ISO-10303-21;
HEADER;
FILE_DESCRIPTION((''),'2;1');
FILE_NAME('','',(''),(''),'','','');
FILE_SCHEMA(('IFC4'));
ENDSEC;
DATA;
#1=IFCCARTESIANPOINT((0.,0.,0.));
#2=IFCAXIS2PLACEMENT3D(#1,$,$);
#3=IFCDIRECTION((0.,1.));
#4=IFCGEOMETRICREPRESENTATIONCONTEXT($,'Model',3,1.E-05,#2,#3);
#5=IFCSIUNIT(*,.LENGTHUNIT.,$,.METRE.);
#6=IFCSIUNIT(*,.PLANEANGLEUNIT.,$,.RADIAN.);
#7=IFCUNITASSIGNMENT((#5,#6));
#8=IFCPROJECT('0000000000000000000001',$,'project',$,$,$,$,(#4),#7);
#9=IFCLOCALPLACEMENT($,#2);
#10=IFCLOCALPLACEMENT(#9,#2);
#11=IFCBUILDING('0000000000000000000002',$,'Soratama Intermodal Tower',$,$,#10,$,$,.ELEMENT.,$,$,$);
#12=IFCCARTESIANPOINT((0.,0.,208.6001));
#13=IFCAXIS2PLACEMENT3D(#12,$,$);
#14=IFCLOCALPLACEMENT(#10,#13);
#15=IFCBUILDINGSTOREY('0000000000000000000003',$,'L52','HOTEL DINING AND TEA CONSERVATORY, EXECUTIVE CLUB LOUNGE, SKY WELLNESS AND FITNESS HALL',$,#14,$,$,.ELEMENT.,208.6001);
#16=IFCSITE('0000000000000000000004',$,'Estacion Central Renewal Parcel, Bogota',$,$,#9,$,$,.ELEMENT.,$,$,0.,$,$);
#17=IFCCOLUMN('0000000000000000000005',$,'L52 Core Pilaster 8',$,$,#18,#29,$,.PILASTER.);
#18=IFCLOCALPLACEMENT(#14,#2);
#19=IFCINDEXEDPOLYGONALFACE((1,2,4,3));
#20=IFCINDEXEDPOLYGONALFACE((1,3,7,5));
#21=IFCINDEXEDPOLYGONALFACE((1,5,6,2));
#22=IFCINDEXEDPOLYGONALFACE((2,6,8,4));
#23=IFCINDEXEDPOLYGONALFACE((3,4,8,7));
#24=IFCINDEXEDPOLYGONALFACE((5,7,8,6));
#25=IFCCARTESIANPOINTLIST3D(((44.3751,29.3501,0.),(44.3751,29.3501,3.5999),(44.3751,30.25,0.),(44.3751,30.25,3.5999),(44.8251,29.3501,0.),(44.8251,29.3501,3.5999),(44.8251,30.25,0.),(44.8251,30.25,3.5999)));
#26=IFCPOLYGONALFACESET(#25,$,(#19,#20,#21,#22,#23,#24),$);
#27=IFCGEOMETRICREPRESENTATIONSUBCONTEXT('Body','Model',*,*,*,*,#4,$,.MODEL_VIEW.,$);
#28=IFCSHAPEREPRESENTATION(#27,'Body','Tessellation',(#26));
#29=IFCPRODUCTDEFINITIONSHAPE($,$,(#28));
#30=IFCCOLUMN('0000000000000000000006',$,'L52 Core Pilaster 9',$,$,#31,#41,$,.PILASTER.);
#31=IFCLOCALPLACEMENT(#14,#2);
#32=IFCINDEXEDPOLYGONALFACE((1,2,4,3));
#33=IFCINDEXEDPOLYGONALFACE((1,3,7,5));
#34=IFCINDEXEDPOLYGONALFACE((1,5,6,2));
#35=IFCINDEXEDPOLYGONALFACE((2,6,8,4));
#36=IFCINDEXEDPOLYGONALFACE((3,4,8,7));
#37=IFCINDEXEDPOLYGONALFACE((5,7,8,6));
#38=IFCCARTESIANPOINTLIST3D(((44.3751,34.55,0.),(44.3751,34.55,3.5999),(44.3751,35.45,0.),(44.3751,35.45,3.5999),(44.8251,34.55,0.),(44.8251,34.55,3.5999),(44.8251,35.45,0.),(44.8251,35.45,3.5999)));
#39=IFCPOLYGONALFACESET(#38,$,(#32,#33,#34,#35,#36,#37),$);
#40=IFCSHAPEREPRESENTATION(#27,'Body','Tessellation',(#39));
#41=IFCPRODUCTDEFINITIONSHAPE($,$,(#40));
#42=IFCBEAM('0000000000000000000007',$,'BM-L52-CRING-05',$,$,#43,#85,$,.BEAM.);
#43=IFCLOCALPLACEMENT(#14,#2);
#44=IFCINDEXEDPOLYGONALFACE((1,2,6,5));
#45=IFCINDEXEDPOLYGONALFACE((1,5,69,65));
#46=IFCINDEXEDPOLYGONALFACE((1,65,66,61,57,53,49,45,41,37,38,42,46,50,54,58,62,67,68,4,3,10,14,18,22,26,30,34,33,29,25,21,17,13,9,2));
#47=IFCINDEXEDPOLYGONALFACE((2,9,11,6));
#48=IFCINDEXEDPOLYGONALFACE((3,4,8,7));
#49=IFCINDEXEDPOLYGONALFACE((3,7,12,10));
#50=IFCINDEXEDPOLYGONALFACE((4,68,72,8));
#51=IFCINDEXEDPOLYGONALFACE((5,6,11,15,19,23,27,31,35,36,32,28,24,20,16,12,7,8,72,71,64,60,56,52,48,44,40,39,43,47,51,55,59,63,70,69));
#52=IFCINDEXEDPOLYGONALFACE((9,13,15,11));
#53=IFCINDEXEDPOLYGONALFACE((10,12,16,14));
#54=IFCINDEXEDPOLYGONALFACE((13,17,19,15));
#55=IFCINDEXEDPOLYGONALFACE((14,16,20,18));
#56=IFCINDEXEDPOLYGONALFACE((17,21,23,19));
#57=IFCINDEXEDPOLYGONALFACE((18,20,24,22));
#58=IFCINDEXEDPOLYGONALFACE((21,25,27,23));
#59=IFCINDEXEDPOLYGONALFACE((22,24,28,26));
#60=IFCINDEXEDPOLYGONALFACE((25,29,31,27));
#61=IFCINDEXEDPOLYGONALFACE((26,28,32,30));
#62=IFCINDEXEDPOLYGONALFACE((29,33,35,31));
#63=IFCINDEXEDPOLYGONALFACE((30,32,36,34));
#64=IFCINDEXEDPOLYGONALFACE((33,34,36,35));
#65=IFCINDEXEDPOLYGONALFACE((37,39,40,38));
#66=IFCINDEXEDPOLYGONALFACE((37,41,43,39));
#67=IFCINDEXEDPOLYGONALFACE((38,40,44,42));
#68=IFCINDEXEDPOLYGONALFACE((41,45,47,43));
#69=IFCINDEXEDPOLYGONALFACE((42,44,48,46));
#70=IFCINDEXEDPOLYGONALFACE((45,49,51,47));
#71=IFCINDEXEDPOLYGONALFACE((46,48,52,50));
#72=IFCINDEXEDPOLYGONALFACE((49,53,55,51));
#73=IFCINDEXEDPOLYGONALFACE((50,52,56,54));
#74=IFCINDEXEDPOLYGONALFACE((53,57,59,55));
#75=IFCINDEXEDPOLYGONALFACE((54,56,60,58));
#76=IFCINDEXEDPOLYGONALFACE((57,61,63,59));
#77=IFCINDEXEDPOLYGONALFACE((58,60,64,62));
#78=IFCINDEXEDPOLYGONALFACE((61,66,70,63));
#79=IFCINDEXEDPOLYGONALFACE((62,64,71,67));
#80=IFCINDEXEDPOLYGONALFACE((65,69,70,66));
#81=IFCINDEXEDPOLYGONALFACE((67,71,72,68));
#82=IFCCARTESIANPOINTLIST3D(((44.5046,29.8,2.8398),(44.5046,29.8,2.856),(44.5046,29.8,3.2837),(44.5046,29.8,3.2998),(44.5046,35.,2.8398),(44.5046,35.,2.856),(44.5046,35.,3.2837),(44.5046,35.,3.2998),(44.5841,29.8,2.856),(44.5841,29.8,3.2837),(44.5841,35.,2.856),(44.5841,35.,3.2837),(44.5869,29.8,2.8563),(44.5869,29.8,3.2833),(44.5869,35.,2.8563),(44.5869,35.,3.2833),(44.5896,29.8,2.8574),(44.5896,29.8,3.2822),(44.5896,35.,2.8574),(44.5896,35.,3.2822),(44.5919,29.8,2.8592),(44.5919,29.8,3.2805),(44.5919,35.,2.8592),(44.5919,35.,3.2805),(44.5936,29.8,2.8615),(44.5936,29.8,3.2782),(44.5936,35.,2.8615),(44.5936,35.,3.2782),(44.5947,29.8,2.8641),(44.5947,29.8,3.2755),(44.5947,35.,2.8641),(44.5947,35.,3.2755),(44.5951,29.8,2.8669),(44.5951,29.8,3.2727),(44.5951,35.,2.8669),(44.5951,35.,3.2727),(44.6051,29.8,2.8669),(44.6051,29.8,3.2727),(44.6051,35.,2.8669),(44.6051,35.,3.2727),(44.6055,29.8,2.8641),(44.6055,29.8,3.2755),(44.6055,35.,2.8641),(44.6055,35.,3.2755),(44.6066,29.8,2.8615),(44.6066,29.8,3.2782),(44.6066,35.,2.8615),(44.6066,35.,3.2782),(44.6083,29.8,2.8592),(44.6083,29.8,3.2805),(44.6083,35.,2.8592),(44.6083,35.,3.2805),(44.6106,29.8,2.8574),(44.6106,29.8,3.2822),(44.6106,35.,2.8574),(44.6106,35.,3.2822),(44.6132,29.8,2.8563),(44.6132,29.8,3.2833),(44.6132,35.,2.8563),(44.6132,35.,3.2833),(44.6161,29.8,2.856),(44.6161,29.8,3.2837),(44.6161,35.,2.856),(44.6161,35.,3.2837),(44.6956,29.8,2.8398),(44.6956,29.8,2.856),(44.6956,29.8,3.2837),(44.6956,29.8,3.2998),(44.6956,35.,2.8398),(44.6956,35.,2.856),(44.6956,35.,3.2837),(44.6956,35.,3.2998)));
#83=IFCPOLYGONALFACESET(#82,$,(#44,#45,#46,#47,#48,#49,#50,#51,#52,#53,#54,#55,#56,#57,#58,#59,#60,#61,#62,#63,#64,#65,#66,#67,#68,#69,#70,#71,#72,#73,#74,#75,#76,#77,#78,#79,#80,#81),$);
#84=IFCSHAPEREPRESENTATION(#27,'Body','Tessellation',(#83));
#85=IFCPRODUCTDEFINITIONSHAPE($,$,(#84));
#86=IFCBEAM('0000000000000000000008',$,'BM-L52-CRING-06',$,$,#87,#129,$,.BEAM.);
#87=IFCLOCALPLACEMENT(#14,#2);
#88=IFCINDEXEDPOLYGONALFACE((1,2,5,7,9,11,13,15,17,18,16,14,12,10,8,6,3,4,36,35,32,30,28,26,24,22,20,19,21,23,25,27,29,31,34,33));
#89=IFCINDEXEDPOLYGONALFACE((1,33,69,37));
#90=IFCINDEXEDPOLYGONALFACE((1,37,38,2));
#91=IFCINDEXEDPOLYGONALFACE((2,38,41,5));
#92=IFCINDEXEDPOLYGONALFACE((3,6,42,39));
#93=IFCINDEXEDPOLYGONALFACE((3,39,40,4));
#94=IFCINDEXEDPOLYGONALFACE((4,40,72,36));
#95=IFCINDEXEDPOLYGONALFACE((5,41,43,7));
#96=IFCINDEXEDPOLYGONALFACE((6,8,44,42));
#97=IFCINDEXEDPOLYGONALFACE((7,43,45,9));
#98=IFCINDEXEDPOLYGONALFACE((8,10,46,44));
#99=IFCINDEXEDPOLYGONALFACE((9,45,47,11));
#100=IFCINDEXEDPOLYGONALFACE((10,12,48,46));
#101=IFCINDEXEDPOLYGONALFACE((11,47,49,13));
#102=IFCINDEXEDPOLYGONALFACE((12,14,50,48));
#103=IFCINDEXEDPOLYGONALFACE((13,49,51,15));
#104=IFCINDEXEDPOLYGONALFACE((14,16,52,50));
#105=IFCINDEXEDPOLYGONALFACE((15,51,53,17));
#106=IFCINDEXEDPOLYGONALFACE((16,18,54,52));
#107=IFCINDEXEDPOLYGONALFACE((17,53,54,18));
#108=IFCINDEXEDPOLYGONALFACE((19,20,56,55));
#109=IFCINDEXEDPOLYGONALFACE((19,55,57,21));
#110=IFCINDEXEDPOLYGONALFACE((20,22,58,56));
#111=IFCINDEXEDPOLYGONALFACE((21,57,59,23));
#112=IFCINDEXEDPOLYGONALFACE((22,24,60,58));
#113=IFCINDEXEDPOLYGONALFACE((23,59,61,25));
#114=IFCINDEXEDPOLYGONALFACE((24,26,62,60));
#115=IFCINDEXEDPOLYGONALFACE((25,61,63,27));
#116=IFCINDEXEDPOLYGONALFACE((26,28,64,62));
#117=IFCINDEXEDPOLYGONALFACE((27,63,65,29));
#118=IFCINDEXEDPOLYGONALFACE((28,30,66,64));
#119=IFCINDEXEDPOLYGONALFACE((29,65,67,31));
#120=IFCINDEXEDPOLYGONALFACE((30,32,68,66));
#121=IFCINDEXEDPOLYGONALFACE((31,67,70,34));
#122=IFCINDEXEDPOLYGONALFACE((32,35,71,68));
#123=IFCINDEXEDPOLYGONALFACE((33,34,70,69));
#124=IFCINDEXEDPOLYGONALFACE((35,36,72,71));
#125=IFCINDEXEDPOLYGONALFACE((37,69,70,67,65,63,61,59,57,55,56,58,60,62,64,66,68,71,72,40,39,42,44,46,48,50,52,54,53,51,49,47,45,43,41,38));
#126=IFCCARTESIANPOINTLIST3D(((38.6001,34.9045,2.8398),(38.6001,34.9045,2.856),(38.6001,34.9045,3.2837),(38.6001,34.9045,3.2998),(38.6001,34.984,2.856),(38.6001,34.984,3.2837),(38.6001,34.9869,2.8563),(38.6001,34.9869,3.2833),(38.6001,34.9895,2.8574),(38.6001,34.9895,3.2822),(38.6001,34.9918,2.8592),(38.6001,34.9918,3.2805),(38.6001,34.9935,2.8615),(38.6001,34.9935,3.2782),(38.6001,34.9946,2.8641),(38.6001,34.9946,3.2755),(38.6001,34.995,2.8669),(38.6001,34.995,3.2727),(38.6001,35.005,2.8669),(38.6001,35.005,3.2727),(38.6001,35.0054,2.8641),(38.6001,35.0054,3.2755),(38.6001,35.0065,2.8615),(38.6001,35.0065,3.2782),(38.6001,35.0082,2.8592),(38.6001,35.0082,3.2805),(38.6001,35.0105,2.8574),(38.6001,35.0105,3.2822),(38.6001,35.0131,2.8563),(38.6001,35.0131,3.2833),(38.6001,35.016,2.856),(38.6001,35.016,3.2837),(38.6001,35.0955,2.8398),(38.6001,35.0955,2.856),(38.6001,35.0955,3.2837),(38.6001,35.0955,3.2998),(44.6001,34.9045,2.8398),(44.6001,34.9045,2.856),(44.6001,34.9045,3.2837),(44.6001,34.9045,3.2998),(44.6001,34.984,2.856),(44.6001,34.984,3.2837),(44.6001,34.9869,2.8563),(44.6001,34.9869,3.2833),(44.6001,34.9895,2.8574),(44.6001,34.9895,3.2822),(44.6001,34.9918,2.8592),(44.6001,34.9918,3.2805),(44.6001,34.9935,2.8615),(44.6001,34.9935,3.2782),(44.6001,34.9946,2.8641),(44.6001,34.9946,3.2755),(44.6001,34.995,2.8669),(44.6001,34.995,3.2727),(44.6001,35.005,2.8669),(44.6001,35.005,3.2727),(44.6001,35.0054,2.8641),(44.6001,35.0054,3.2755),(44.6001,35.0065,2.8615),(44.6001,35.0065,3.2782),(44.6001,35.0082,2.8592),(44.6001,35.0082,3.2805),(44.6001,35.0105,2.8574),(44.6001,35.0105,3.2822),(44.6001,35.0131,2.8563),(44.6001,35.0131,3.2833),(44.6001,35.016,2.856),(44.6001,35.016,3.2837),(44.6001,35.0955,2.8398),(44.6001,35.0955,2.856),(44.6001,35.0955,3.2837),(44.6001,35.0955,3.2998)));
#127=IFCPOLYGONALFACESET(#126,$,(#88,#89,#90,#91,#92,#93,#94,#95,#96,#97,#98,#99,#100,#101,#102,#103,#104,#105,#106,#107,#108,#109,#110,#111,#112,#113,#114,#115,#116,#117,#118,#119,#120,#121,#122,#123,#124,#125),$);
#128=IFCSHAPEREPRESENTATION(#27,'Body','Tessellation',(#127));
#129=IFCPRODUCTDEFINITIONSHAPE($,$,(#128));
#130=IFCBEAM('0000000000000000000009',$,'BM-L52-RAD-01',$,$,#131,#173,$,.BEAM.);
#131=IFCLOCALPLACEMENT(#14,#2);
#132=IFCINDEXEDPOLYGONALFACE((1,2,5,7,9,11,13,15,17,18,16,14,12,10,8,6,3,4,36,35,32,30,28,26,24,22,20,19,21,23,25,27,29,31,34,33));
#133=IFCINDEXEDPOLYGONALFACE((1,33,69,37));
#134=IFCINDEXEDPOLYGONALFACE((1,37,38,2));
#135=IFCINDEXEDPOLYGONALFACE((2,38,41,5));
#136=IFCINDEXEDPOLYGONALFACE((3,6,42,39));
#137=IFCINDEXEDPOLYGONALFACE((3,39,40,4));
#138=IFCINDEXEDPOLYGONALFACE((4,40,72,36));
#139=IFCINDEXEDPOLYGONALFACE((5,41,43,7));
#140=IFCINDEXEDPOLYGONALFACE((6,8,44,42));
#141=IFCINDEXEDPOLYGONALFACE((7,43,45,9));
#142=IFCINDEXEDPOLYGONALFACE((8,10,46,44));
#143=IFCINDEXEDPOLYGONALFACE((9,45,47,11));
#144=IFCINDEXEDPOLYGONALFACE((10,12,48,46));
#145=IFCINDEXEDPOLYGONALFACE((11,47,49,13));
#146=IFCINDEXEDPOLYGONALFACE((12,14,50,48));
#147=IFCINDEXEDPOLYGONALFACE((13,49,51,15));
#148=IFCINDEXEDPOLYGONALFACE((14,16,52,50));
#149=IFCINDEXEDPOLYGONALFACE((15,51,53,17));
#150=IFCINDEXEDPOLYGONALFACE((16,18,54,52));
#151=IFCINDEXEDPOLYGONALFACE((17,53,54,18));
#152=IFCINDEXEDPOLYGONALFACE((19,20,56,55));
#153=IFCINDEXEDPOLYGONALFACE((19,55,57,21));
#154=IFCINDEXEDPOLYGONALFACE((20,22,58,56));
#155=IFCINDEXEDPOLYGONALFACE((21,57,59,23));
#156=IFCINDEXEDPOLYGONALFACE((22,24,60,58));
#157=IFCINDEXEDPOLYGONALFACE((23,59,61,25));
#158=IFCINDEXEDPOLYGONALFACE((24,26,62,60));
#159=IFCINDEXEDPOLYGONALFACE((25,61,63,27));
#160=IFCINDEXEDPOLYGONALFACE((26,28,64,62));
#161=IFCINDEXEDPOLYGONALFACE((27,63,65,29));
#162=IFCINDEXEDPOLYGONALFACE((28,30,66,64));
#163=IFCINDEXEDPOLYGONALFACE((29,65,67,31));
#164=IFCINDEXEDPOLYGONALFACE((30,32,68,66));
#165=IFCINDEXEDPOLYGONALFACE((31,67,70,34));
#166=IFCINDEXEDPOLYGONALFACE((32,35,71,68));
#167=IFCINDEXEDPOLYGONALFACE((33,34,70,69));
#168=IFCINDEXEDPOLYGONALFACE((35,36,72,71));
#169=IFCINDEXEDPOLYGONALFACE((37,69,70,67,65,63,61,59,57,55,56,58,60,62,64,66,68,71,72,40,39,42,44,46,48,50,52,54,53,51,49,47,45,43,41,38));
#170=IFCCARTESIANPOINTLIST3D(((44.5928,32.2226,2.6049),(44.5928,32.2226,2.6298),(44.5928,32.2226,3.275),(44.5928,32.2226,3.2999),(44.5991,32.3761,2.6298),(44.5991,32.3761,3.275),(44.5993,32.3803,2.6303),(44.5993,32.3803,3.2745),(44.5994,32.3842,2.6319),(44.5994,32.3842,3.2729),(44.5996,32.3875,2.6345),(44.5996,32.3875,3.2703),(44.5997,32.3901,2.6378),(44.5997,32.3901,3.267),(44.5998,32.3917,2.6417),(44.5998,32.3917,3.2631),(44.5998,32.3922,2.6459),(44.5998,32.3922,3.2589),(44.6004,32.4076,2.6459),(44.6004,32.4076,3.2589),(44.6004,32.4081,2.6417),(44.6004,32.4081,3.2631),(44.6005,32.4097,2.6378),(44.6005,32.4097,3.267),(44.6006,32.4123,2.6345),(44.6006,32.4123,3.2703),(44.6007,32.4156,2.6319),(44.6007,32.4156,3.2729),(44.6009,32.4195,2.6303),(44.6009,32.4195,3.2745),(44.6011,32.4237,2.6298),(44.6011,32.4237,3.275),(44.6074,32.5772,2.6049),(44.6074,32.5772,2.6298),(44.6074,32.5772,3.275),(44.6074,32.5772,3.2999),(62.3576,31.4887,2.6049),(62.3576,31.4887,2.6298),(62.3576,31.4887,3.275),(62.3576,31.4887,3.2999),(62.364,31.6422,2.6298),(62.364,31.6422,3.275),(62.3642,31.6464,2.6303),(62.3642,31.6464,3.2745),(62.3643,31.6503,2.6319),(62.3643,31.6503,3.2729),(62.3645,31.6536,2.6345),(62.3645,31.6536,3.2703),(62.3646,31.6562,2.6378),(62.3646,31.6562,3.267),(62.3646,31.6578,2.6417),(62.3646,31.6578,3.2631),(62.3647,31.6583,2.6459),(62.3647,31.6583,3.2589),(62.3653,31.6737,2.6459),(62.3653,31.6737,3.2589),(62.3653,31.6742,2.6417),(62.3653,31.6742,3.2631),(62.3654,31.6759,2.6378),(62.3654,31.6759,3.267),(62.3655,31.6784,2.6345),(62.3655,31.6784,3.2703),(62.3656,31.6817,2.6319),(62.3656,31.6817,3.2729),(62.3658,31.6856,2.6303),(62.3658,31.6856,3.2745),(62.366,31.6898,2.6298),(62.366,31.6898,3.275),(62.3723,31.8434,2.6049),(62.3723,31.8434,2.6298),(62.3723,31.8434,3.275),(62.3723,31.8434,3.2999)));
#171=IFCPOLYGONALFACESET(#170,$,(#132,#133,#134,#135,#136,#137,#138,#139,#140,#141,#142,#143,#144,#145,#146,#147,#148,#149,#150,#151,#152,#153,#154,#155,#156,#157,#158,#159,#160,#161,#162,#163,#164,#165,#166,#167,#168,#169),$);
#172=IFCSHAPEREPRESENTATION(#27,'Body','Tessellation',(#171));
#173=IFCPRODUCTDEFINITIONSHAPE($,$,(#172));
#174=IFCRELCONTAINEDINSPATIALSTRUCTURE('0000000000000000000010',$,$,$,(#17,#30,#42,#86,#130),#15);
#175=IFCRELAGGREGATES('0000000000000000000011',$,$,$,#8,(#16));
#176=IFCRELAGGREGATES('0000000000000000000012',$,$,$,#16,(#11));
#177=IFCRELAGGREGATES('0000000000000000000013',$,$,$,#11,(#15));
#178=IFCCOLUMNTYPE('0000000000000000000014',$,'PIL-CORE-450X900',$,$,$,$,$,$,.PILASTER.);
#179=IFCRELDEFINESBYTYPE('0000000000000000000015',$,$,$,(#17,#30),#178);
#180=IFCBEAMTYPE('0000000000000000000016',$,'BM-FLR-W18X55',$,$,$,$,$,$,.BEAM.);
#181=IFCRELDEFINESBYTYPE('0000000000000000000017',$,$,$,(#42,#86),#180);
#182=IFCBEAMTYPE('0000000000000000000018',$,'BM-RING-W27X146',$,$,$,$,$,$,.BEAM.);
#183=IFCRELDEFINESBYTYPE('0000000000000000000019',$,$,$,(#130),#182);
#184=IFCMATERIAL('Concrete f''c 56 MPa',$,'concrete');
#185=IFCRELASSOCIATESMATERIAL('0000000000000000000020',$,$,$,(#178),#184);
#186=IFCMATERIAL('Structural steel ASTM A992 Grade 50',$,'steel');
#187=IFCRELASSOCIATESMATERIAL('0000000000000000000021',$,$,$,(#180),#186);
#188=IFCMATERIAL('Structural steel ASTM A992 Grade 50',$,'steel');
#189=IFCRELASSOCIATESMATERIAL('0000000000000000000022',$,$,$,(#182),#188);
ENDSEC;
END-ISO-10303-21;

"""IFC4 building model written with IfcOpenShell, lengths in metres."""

from ifc_helpers import new_model, si_unit, direction, frame, origin, origin_2d, place, context, subcontext, project, spatial, rectangle, i_section, extrude, material, material_profile, profile_set, type_object, element, save


model = new_model("IFC4")

# Units and contexts
model_context = context("Model", 3, precision=1e-05, world=origin(), true_north=direction((0.0, 1.0)))
body_context = subcontext(model_context, "Body", "Model", "MODEL_VIEW")
ifc_project = project(units=[si_unit("LENGTHUNIT", "METRE"), si_unit("PLANEANGLEUNIT", "RADIAN")], contexts=[model_context])

# Site, building, storey
site_placement = place(None, origin())
site = spatial("IfcSite", under=ifc_project, at=site_placement, Name="Estacion Central Renewal Parcel, Bogota", CompositionType="ELEMENT", RefElevation=0.0)
building_placement = place(site_placement, origin())
building = spatial("IfcBuilding", under=site, at=building_placement, Name="Soratama Intermodal Tower", CompositionType="ELEMENT")
storey_placement = place(building_placement, frame((0.0, 0.0, 208.6001)))
storey = spatial("IfcBuildingStorey", under=building, at=storey_placement, Name="L52", Description="HOTEL DINING AND TEA CONSERVATORY, EXECUTIVE CLUB LOUNGE, SKY WELLNESS AND FITNESS HALL", CompositionType="ELEMENT", Elevation=208.6001)

# Columns
ifc_material_1 = material(Name="Concrete f'c 56 MPa", Category="concrete")
ifc_material_profile_1 = material_profile(ifc_material_1, rectangle(XDim=0.45, YDim=0.8999, at=origin_2d()), Name="RC450X900")
ifc_profile_set_1 = profile_set([ifc_material_profile_1], Name="Concrete f'c 56 MPa")
column_type = type_object("IfcColumnType", Name="PIL-CORE-450X900", PredefinedType="PILASTER", material=ifc_profile_set_1)
for number, where, z_axis, x_axis, name in (
    (1, (44.6001, 29.8, 0.0), (0.0, 0.0, 1.0), (1.0, 0.0, 0.0), "L52 Core Pilaster 8"),
    (2, (44.6001, 35.0, 0.0), (0.0, 0.0, 1.0), (1.0, 0.0, 0.0), "L52 Core Pilaster 9"),
):
    element("IfcColumn", number, at=place(storey_placement, frame(where, z_axis=z_axis, x_axis=x_axis)), inside=storey, type_object=column_type, Name=name, PredefinedType="PILASTER", context=body_context, shape_type="SweptSolid", body=[
        extrude(rectangle(XDim=0.45, YDim=0.8999, at=origin_2d()), origin(), (0.0, 0.0, 1.0), 3.5999),
    ])

# Beams
ifc_material_2 = material(Name="Structural steel ASTM A992 Grade 50", Category="steel")
ifc_material_profile_2 = material_profile(ifc_material_2, i_section(OverallWidth=0.1909, OverallDepth=0.46, WebThickness=0.01, FlangeThickness=0.0161, FilletRadius=0.011, at=origin_2d()), Name="W18X55")
ifc_profile_set_2 = profile_set([ifc_material_profile_2], Name="Structural steel ASTM A992 Grade 50")
beam_type_1 = type_object("IfcBeamType", Name="BM-FLR-W18X55", PredefinedType="BEAM", material=ifc_profile_set_2)
beam_1_placement = place(storey_placement, frame((44.6001, 29.8, 3.0698), z_axis=(0.0, 1.0, 0.0), x_axis=(-1.0, 0.0, 0.0)))
element("IfcBeam", 3, at=beam_1_placement, inside=storey, type_object=beam_type_1, Name="BM-L52-CRING-05", PredefinedType="BEAM", context=body_context, shape_type="SweptSolid", body=[
    extrude(i_section(OverallWidth=0.1909, OverallDepth=0.46, WebThickness=0.01, FlangeThickness=0.0161, FilletRadius=0.011, at=origin_2d()), origin(), (0.0, 0.0, 1.0), 5.2),
])
beam_2_placement = place(storey_placement, frame((44.6001, 35.0, 3.0698), z_axis=(-1.0, 0.0, 0.0), x_axis=(0.0, -1.0, 0.0)))
element("IfcBeam", 4, at=beam_2_placement, inside=storey, type_object=beam_type_1, Name="BM-L52-CRING-06", PredefinedType="BEAM", context=body_context, shape_type="SweptSolid", body=[
    extrude(i_section(OverallWidth=0.1909, OverallDepth=0.46, WebThickness=0.01, FlangeThickness=0.0161, FilletRadius=0.011, at=origin_2d()), origin(), (0.0, 0.0, 1.0), 6.0),
])
ifc_material_3 = material(Name="Structural steel ASTM A992 Grade 50", Category="steel")
ifc_material_profile_3 = material_profile(ifc_material_3, i_section(OverallWidth=0.355, OverallDepth=0.6951, WebThickness=0.0154, FlangeThickness=0.0249, FilletRadius=0.0161, at=origin_2d()), Name="W27X146")
ifc_profile_set_3 = profile_set([ifc_material_profile_3], Name="Structural steel ASTM A992 Grade 50")
beam_type_2 = type_object("IfcBeamType", Name="BM-RING-W27X146", PredefinedType="BEAM", material=ifc_profile_set_3)
beam_3_placement = place(storey_placement, frame((44.6001, 32.3999, 2.9524), z_axis=(0.999148, -0.041276, 0.0), x_axis=(0.041276, 0.999148, 0.0)))
element("IfcBeam", 5, at=beam_3_placement, inside=storey, type_object=beam_type_2, Name="BM-L52-RAD-01", PredefinedType="BEAM", context=body_context, shape_type="SweptSolid", body=[
    extrude(i_section(OverallWidth=0.355, OverallDepth=0.6951, WebThickness=0.0154, FlangeThickness=0.0249, FilletRadius=0.0161, at=origin_2d()), origin(), (0.0, 0.0, 1.0), 17.78),
])

save(model, "model.ifc")
